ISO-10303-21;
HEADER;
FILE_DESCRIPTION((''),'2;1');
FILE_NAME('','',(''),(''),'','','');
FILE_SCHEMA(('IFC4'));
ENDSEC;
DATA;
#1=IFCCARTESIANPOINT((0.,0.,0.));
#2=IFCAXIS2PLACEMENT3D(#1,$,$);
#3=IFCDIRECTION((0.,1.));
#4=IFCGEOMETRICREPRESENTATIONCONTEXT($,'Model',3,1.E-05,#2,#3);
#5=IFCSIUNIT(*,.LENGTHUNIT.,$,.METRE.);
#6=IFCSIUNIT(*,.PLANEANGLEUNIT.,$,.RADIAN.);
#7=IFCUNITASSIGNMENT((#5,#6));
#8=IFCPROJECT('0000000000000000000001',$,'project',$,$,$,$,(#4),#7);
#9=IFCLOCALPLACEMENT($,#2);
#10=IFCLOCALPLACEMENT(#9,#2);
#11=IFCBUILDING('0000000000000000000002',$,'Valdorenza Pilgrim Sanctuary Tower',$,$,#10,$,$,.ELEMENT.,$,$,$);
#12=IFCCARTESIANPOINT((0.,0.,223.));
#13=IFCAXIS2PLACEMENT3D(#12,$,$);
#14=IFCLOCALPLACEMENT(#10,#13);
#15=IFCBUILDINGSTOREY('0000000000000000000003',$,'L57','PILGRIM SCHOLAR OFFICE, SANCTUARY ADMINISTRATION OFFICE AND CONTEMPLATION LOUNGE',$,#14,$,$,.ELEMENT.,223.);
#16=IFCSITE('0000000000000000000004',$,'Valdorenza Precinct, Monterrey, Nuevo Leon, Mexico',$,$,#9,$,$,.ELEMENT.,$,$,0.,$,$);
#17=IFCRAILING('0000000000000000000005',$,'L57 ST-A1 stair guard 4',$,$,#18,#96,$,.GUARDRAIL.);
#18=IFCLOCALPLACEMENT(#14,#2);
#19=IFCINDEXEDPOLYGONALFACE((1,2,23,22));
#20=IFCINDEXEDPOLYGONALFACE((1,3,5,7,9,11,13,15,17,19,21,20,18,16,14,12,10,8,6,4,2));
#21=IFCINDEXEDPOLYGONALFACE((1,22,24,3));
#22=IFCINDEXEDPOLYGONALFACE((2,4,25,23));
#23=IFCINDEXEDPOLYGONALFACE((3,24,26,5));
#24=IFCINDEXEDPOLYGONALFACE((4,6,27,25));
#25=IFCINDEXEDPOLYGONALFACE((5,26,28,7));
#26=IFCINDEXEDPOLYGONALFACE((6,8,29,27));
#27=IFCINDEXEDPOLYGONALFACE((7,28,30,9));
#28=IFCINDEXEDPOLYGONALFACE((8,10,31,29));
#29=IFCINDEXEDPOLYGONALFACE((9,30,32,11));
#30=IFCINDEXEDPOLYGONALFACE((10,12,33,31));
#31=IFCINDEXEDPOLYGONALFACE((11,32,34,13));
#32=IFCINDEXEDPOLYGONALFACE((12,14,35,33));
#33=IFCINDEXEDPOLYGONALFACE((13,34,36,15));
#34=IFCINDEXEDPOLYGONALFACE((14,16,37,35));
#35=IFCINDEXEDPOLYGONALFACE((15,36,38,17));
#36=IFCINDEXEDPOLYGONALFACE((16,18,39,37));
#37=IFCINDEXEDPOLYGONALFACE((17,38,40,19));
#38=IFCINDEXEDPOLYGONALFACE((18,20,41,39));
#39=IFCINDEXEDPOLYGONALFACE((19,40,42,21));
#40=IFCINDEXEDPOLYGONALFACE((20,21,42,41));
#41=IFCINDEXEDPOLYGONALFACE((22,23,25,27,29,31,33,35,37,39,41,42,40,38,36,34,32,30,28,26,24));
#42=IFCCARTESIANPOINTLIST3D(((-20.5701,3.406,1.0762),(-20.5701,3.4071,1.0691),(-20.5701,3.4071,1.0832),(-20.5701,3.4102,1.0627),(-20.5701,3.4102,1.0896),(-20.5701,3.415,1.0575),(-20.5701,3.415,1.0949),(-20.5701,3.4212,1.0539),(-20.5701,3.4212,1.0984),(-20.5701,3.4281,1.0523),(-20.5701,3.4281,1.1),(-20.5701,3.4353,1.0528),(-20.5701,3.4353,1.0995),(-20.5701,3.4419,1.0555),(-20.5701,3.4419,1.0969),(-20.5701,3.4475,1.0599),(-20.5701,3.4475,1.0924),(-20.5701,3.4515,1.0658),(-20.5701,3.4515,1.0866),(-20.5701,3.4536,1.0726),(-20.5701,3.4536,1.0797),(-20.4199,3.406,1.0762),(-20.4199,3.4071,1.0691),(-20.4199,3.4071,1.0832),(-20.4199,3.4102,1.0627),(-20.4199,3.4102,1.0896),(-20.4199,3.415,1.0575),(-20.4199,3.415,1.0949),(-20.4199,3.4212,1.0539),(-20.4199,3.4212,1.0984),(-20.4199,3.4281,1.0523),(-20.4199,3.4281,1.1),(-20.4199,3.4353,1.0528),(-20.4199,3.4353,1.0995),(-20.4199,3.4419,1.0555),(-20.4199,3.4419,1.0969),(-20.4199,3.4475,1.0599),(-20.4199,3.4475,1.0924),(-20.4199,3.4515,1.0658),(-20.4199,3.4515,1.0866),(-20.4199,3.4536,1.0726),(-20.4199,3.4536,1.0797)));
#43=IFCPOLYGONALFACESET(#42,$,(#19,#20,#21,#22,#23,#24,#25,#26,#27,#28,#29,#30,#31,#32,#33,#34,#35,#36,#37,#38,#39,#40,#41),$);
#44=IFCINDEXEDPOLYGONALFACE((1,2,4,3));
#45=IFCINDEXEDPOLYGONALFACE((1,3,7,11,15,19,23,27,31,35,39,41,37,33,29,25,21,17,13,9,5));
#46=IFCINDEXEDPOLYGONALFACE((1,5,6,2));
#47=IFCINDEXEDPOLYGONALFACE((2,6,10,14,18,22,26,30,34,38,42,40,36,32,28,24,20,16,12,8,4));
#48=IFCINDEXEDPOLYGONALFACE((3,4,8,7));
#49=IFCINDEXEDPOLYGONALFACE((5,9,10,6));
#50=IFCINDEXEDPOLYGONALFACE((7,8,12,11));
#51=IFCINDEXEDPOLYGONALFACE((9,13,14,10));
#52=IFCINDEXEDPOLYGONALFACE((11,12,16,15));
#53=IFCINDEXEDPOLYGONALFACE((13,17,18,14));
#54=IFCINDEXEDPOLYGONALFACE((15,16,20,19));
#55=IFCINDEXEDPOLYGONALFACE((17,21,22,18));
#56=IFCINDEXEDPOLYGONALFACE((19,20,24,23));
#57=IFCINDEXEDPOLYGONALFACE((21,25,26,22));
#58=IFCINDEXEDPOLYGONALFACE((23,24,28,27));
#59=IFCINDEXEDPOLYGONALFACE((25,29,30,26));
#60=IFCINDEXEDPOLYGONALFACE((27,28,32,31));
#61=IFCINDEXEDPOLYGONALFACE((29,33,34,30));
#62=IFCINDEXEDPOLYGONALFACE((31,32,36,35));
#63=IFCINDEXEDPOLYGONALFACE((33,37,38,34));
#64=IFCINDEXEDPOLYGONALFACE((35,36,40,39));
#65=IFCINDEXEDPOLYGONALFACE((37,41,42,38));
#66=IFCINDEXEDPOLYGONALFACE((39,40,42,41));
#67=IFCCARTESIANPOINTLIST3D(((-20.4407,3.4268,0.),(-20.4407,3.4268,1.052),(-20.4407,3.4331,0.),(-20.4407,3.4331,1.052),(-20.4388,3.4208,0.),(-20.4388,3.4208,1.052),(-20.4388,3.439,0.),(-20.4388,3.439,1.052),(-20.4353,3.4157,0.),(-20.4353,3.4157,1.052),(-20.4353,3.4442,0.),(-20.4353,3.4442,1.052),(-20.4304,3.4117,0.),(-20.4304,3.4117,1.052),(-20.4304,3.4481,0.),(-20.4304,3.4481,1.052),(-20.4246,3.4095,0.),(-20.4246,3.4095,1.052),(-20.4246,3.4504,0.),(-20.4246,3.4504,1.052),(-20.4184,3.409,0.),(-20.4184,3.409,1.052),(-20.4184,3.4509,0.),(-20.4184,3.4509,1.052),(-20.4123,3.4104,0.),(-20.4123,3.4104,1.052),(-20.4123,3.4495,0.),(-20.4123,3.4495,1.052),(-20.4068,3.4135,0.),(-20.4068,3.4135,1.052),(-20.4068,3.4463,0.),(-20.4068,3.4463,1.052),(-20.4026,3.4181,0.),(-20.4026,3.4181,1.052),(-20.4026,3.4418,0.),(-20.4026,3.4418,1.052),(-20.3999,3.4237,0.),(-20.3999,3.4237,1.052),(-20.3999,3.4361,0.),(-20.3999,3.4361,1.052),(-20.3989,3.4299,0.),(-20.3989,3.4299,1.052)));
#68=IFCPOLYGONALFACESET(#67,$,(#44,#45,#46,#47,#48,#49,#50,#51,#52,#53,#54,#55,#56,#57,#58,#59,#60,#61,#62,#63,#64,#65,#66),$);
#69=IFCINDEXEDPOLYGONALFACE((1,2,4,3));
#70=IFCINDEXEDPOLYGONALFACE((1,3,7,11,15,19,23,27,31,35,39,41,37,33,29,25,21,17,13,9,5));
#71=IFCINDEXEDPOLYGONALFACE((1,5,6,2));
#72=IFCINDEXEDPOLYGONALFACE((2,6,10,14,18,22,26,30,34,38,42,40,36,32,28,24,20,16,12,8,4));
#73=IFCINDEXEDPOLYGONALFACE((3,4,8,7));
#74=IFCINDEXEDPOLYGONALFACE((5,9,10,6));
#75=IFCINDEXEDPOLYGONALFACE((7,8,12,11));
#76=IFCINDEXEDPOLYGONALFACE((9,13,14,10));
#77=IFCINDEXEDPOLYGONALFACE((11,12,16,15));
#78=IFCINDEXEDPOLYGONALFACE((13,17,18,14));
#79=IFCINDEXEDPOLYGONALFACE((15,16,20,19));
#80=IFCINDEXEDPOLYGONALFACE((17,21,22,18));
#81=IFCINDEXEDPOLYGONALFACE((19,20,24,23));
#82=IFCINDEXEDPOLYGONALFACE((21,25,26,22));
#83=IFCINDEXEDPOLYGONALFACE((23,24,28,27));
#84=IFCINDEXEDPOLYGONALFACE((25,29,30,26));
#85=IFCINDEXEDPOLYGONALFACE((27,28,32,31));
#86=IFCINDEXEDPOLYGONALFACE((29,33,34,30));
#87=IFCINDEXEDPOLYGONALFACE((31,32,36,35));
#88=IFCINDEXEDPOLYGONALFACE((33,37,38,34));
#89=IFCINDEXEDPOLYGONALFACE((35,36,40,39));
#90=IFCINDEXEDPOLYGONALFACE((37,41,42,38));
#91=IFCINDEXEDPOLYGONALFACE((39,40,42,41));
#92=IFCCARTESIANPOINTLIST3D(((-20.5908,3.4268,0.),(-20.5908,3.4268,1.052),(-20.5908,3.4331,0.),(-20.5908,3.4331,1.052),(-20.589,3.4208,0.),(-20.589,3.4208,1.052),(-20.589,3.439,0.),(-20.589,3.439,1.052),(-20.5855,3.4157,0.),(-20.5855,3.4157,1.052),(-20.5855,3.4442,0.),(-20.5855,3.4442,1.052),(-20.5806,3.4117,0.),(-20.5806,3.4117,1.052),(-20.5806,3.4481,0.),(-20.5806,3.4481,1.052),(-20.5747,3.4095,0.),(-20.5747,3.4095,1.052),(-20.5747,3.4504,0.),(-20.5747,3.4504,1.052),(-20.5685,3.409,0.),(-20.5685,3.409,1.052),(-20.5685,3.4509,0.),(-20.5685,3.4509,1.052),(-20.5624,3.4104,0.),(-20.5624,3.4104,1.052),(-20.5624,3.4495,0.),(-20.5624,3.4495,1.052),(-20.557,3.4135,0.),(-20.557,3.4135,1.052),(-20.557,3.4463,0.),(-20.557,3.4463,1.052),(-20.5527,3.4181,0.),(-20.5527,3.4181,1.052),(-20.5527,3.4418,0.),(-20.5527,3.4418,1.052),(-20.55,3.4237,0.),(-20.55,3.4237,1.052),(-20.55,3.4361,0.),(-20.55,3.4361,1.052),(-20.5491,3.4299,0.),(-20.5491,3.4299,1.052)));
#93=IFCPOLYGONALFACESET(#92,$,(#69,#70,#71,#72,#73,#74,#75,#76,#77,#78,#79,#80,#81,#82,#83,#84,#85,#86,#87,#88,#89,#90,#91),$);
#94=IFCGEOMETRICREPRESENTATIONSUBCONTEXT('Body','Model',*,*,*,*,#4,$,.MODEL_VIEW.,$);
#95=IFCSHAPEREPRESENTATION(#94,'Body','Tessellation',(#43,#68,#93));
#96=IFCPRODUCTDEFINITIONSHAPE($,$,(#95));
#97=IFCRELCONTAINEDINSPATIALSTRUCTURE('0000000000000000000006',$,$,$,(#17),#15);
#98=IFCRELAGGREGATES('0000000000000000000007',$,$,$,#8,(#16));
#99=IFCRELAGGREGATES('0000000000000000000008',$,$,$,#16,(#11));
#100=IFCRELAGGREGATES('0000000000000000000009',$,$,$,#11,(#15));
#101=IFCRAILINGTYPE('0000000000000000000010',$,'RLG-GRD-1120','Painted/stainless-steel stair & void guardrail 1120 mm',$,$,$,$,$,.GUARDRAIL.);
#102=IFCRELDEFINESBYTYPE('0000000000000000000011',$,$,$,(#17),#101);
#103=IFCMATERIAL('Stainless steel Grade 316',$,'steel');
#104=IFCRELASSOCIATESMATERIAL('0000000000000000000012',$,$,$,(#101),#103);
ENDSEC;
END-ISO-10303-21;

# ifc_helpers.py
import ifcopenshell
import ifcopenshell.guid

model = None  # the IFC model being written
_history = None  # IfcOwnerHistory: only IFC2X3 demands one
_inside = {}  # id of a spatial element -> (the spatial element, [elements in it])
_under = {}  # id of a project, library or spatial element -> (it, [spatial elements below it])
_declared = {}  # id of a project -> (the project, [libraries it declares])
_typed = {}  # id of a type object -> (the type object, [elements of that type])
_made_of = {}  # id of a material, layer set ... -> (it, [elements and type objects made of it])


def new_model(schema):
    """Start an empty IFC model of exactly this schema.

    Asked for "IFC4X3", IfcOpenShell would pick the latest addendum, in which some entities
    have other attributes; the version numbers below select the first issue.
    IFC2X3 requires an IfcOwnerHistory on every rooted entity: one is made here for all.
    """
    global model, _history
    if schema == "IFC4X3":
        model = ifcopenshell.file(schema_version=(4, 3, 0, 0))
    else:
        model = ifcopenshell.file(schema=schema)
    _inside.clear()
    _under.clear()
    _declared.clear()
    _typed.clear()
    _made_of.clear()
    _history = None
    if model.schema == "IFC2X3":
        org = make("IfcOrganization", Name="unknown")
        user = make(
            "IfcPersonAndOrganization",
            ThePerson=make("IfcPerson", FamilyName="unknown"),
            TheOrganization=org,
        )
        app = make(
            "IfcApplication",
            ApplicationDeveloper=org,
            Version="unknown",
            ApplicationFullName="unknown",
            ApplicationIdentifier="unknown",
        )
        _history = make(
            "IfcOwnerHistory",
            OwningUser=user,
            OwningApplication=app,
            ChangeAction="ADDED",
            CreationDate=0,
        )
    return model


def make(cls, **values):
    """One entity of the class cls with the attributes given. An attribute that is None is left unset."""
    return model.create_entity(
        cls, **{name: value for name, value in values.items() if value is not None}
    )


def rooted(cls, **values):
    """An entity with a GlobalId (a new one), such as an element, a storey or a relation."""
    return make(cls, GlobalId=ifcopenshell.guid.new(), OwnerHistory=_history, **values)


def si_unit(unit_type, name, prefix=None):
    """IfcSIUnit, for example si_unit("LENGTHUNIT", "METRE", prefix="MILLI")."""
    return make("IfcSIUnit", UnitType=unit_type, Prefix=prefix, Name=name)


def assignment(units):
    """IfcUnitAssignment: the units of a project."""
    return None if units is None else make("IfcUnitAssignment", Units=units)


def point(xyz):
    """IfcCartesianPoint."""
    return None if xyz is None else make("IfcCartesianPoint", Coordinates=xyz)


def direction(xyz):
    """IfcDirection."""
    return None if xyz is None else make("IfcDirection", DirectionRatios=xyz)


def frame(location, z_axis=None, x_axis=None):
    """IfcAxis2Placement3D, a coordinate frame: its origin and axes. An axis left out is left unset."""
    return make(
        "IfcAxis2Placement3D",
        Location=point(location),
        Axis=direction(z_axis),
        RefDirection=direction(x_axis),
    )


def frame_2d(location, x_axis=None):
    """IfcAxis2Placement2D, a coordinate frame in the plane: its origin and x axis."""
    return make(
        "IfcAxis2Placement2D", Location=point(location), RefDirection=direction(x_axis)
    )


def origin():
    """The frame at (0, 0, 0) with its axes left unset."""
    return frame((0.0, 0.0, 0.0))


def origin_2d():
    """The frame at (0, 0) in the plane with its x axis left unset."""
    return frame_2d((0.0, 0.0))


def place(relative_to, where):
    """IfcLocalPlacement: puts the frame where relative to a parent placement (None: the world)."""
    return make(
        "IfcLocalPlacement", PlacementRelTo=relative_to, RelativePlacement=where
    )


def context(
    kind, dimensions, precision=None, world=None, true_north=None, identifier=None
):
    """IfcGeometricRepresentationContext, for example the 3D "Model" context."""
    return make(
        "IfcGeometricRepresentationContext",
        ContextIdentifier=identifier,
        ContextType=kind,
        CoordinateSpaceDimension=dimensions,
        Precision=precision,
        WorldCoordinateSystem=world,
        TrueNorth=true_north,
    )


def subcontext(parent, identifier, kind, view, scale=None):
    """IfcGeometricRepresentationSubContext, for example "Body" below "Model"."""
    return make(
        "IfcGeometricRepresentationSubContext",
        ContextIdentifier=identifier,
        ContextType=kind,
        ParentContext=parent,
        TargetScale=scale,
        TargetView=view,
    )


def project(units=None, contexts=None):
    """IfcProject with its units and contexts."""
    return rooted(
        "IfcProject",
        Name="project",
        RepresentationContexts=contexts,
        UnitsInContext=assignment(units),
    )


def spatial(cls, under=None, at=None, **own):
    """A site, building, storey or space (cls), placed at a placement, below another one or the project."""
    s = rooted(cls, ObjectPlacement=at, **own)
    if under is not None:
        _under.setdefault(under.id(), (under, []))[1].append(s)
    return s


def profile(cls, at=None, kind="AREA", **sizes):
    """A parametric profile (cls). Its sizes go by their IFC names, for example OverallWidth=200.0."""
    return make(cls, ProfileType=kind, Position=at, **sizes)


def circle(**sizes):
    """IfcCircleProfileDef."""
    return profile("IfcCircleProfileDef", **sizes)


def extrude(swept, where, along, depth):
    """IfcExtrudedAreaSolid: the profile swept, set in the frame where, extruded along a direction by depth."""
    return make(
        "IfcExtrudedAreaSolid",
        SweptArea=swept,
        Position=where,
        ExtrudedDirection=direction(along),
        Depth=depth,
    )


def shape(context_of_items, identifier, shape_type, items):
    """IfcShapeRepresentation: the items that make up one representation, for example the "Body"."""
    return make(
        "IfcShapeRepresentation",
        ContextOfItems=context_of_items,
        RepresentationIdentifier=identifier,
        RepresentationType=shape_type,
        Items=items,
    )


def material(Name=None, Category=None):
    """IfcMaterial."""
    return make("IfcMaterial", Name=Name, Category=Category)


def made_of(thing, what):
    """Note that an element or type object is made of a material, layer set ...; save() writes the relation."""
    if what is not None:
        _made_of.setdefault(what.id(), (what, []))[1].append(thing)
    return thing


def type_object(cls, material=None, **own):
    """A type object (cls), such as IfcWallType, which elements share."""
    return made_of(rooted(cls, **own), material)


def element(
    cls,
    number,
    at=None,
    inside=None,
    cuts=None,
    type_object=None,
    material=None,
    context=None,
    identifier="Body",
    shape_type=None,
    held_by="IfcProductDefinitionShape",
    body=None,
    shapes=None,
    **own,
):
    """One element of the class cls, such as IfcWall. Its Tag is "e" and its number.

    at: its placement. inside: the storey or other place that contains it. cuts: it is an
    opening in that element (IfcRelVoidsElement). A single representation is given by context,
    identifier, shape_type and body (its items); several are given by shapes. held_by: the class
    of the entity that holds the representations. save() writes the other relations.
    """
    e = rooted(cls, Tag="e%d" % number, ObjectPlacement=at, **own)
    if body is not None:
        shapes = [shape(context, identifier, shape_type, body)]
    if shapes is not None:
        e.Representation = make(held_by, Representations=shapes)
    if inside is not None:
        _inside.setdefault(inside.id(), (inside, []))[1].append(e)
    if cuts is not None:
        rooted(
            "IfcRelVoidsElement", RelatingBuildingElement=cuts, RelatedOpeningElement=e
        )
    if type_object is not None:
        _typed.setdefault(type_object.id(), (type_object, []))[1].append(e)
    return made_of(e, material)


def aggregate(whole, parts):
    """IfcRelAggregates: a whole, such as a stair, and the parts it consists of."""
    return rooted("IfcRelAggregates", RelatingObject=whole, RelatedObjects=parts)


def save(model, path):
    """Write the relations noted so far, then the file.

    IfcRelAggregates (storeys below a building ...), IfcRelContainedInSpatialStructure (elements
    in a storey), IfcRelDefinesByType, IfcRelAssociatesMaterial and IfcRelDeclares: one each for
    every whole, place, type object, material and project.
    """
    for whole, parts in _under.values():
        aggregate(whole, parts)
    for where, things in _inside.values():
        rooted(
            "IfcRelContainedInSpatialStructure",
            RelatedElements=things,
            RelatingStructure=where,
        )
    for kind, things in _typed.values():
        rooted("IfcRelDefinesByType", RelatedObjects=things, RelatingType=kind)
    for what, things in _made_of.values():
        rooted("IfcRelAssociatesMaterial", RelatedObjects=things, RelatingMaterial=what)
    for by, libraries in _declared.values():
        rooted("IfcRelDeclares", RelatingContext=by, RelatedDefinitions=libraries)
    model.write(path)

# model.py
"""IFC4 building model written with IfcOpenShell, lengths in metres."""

from ifc_helpers import new_model, si_unit, direction, frame, origin, origin_2d, place, context, subcontext, project, spatial, circle, extrude, material, type_object, element, save


model = new_model("IFC4")

# Units and contexts
model_context = context("Model", 3, precision=1e-05, world=origin(), true_north=direction((0.0, 1.0)))
body_context = subcontext(model_context, "Body", "Model", "MODEL_VIEW")
ifc_project = project(units=[si_unit("LENGTHUNIT", "METRE"), si_unit("PLANEANGLEUNIT", "RADIAN")], contexts=[model_context])

# Site, building, storey
site_placement = place(None, origin())
site = spatial("IfcSite", under=ifc_project, at=site_placement, Name="Valdorenza Precinct, Monterrey, Nuevo Leon, Mexico", CompositionType="ELEMENT", RefElevation=0.0)
building_placement = place(site_placement, origin())
building = spatial("IfcBuilding", under=site, at=building_placement, Name="Valdorenza Pilgrim Sanctuary Tower", CompositionType="ELEMENT")
storey_placement = place(building_placement, frame((0.0, 0.0, 223.0)))
storey = spatial("IfcBuildingStorey", under=building, at=storey_placement, Name="L57", Description="PILGRIM SCHOLAR OFFICE, SANCTUARY ADMINISTRATION OFFICE AND CONTEMPLATION LOUNGE", CompositionType="ELEMENT", Elevation=223.0)

# Railing
ifc_material_1 = material(Name="Stainless steel Grade 316", Category="steel")
railing_type_1 = type_object("IfcRailingType", Name="RLG-GRD-1120", Description="Painted/stainless-steel stair & void guardrail 1120 mm", PredefinedType="GUARDRAIL", material=ifc_material_1)
railing_1_placement = place(storey_placement, frame((-20.4199, 3.4299, 0.0)))
element("IfcRailing", 1, at=railing_1_placement, inside=storey, type_object=railing_type_1, Name="L57 ST-A1 stair guard 4", PredefinedType="GUARDRAIL", context=body_context, shape_type="SweptSolid", body=[
    extrude(circle(Radius=0.0239, at=origin_2d()), frame((0.0, 0.0, 1.0762), z_axis=(-1.0, 0.0, 0.0), x_axis=(0.0, -1.0, 0.0)), (0.0, 0.0, 1.0), 0.1501),
    extrude(circle(Radius=0.021, at=origin_2d()), origin(), (0.0, 0.0, 1.0), 1.052),
    extrude(circle(Radius=0.021, at=origin_2d()), frame((-0.1501, 0.0, 0.0)), (0.0, 0.0, 1.0), 1.052),
])

save(model, "model.ifc")
